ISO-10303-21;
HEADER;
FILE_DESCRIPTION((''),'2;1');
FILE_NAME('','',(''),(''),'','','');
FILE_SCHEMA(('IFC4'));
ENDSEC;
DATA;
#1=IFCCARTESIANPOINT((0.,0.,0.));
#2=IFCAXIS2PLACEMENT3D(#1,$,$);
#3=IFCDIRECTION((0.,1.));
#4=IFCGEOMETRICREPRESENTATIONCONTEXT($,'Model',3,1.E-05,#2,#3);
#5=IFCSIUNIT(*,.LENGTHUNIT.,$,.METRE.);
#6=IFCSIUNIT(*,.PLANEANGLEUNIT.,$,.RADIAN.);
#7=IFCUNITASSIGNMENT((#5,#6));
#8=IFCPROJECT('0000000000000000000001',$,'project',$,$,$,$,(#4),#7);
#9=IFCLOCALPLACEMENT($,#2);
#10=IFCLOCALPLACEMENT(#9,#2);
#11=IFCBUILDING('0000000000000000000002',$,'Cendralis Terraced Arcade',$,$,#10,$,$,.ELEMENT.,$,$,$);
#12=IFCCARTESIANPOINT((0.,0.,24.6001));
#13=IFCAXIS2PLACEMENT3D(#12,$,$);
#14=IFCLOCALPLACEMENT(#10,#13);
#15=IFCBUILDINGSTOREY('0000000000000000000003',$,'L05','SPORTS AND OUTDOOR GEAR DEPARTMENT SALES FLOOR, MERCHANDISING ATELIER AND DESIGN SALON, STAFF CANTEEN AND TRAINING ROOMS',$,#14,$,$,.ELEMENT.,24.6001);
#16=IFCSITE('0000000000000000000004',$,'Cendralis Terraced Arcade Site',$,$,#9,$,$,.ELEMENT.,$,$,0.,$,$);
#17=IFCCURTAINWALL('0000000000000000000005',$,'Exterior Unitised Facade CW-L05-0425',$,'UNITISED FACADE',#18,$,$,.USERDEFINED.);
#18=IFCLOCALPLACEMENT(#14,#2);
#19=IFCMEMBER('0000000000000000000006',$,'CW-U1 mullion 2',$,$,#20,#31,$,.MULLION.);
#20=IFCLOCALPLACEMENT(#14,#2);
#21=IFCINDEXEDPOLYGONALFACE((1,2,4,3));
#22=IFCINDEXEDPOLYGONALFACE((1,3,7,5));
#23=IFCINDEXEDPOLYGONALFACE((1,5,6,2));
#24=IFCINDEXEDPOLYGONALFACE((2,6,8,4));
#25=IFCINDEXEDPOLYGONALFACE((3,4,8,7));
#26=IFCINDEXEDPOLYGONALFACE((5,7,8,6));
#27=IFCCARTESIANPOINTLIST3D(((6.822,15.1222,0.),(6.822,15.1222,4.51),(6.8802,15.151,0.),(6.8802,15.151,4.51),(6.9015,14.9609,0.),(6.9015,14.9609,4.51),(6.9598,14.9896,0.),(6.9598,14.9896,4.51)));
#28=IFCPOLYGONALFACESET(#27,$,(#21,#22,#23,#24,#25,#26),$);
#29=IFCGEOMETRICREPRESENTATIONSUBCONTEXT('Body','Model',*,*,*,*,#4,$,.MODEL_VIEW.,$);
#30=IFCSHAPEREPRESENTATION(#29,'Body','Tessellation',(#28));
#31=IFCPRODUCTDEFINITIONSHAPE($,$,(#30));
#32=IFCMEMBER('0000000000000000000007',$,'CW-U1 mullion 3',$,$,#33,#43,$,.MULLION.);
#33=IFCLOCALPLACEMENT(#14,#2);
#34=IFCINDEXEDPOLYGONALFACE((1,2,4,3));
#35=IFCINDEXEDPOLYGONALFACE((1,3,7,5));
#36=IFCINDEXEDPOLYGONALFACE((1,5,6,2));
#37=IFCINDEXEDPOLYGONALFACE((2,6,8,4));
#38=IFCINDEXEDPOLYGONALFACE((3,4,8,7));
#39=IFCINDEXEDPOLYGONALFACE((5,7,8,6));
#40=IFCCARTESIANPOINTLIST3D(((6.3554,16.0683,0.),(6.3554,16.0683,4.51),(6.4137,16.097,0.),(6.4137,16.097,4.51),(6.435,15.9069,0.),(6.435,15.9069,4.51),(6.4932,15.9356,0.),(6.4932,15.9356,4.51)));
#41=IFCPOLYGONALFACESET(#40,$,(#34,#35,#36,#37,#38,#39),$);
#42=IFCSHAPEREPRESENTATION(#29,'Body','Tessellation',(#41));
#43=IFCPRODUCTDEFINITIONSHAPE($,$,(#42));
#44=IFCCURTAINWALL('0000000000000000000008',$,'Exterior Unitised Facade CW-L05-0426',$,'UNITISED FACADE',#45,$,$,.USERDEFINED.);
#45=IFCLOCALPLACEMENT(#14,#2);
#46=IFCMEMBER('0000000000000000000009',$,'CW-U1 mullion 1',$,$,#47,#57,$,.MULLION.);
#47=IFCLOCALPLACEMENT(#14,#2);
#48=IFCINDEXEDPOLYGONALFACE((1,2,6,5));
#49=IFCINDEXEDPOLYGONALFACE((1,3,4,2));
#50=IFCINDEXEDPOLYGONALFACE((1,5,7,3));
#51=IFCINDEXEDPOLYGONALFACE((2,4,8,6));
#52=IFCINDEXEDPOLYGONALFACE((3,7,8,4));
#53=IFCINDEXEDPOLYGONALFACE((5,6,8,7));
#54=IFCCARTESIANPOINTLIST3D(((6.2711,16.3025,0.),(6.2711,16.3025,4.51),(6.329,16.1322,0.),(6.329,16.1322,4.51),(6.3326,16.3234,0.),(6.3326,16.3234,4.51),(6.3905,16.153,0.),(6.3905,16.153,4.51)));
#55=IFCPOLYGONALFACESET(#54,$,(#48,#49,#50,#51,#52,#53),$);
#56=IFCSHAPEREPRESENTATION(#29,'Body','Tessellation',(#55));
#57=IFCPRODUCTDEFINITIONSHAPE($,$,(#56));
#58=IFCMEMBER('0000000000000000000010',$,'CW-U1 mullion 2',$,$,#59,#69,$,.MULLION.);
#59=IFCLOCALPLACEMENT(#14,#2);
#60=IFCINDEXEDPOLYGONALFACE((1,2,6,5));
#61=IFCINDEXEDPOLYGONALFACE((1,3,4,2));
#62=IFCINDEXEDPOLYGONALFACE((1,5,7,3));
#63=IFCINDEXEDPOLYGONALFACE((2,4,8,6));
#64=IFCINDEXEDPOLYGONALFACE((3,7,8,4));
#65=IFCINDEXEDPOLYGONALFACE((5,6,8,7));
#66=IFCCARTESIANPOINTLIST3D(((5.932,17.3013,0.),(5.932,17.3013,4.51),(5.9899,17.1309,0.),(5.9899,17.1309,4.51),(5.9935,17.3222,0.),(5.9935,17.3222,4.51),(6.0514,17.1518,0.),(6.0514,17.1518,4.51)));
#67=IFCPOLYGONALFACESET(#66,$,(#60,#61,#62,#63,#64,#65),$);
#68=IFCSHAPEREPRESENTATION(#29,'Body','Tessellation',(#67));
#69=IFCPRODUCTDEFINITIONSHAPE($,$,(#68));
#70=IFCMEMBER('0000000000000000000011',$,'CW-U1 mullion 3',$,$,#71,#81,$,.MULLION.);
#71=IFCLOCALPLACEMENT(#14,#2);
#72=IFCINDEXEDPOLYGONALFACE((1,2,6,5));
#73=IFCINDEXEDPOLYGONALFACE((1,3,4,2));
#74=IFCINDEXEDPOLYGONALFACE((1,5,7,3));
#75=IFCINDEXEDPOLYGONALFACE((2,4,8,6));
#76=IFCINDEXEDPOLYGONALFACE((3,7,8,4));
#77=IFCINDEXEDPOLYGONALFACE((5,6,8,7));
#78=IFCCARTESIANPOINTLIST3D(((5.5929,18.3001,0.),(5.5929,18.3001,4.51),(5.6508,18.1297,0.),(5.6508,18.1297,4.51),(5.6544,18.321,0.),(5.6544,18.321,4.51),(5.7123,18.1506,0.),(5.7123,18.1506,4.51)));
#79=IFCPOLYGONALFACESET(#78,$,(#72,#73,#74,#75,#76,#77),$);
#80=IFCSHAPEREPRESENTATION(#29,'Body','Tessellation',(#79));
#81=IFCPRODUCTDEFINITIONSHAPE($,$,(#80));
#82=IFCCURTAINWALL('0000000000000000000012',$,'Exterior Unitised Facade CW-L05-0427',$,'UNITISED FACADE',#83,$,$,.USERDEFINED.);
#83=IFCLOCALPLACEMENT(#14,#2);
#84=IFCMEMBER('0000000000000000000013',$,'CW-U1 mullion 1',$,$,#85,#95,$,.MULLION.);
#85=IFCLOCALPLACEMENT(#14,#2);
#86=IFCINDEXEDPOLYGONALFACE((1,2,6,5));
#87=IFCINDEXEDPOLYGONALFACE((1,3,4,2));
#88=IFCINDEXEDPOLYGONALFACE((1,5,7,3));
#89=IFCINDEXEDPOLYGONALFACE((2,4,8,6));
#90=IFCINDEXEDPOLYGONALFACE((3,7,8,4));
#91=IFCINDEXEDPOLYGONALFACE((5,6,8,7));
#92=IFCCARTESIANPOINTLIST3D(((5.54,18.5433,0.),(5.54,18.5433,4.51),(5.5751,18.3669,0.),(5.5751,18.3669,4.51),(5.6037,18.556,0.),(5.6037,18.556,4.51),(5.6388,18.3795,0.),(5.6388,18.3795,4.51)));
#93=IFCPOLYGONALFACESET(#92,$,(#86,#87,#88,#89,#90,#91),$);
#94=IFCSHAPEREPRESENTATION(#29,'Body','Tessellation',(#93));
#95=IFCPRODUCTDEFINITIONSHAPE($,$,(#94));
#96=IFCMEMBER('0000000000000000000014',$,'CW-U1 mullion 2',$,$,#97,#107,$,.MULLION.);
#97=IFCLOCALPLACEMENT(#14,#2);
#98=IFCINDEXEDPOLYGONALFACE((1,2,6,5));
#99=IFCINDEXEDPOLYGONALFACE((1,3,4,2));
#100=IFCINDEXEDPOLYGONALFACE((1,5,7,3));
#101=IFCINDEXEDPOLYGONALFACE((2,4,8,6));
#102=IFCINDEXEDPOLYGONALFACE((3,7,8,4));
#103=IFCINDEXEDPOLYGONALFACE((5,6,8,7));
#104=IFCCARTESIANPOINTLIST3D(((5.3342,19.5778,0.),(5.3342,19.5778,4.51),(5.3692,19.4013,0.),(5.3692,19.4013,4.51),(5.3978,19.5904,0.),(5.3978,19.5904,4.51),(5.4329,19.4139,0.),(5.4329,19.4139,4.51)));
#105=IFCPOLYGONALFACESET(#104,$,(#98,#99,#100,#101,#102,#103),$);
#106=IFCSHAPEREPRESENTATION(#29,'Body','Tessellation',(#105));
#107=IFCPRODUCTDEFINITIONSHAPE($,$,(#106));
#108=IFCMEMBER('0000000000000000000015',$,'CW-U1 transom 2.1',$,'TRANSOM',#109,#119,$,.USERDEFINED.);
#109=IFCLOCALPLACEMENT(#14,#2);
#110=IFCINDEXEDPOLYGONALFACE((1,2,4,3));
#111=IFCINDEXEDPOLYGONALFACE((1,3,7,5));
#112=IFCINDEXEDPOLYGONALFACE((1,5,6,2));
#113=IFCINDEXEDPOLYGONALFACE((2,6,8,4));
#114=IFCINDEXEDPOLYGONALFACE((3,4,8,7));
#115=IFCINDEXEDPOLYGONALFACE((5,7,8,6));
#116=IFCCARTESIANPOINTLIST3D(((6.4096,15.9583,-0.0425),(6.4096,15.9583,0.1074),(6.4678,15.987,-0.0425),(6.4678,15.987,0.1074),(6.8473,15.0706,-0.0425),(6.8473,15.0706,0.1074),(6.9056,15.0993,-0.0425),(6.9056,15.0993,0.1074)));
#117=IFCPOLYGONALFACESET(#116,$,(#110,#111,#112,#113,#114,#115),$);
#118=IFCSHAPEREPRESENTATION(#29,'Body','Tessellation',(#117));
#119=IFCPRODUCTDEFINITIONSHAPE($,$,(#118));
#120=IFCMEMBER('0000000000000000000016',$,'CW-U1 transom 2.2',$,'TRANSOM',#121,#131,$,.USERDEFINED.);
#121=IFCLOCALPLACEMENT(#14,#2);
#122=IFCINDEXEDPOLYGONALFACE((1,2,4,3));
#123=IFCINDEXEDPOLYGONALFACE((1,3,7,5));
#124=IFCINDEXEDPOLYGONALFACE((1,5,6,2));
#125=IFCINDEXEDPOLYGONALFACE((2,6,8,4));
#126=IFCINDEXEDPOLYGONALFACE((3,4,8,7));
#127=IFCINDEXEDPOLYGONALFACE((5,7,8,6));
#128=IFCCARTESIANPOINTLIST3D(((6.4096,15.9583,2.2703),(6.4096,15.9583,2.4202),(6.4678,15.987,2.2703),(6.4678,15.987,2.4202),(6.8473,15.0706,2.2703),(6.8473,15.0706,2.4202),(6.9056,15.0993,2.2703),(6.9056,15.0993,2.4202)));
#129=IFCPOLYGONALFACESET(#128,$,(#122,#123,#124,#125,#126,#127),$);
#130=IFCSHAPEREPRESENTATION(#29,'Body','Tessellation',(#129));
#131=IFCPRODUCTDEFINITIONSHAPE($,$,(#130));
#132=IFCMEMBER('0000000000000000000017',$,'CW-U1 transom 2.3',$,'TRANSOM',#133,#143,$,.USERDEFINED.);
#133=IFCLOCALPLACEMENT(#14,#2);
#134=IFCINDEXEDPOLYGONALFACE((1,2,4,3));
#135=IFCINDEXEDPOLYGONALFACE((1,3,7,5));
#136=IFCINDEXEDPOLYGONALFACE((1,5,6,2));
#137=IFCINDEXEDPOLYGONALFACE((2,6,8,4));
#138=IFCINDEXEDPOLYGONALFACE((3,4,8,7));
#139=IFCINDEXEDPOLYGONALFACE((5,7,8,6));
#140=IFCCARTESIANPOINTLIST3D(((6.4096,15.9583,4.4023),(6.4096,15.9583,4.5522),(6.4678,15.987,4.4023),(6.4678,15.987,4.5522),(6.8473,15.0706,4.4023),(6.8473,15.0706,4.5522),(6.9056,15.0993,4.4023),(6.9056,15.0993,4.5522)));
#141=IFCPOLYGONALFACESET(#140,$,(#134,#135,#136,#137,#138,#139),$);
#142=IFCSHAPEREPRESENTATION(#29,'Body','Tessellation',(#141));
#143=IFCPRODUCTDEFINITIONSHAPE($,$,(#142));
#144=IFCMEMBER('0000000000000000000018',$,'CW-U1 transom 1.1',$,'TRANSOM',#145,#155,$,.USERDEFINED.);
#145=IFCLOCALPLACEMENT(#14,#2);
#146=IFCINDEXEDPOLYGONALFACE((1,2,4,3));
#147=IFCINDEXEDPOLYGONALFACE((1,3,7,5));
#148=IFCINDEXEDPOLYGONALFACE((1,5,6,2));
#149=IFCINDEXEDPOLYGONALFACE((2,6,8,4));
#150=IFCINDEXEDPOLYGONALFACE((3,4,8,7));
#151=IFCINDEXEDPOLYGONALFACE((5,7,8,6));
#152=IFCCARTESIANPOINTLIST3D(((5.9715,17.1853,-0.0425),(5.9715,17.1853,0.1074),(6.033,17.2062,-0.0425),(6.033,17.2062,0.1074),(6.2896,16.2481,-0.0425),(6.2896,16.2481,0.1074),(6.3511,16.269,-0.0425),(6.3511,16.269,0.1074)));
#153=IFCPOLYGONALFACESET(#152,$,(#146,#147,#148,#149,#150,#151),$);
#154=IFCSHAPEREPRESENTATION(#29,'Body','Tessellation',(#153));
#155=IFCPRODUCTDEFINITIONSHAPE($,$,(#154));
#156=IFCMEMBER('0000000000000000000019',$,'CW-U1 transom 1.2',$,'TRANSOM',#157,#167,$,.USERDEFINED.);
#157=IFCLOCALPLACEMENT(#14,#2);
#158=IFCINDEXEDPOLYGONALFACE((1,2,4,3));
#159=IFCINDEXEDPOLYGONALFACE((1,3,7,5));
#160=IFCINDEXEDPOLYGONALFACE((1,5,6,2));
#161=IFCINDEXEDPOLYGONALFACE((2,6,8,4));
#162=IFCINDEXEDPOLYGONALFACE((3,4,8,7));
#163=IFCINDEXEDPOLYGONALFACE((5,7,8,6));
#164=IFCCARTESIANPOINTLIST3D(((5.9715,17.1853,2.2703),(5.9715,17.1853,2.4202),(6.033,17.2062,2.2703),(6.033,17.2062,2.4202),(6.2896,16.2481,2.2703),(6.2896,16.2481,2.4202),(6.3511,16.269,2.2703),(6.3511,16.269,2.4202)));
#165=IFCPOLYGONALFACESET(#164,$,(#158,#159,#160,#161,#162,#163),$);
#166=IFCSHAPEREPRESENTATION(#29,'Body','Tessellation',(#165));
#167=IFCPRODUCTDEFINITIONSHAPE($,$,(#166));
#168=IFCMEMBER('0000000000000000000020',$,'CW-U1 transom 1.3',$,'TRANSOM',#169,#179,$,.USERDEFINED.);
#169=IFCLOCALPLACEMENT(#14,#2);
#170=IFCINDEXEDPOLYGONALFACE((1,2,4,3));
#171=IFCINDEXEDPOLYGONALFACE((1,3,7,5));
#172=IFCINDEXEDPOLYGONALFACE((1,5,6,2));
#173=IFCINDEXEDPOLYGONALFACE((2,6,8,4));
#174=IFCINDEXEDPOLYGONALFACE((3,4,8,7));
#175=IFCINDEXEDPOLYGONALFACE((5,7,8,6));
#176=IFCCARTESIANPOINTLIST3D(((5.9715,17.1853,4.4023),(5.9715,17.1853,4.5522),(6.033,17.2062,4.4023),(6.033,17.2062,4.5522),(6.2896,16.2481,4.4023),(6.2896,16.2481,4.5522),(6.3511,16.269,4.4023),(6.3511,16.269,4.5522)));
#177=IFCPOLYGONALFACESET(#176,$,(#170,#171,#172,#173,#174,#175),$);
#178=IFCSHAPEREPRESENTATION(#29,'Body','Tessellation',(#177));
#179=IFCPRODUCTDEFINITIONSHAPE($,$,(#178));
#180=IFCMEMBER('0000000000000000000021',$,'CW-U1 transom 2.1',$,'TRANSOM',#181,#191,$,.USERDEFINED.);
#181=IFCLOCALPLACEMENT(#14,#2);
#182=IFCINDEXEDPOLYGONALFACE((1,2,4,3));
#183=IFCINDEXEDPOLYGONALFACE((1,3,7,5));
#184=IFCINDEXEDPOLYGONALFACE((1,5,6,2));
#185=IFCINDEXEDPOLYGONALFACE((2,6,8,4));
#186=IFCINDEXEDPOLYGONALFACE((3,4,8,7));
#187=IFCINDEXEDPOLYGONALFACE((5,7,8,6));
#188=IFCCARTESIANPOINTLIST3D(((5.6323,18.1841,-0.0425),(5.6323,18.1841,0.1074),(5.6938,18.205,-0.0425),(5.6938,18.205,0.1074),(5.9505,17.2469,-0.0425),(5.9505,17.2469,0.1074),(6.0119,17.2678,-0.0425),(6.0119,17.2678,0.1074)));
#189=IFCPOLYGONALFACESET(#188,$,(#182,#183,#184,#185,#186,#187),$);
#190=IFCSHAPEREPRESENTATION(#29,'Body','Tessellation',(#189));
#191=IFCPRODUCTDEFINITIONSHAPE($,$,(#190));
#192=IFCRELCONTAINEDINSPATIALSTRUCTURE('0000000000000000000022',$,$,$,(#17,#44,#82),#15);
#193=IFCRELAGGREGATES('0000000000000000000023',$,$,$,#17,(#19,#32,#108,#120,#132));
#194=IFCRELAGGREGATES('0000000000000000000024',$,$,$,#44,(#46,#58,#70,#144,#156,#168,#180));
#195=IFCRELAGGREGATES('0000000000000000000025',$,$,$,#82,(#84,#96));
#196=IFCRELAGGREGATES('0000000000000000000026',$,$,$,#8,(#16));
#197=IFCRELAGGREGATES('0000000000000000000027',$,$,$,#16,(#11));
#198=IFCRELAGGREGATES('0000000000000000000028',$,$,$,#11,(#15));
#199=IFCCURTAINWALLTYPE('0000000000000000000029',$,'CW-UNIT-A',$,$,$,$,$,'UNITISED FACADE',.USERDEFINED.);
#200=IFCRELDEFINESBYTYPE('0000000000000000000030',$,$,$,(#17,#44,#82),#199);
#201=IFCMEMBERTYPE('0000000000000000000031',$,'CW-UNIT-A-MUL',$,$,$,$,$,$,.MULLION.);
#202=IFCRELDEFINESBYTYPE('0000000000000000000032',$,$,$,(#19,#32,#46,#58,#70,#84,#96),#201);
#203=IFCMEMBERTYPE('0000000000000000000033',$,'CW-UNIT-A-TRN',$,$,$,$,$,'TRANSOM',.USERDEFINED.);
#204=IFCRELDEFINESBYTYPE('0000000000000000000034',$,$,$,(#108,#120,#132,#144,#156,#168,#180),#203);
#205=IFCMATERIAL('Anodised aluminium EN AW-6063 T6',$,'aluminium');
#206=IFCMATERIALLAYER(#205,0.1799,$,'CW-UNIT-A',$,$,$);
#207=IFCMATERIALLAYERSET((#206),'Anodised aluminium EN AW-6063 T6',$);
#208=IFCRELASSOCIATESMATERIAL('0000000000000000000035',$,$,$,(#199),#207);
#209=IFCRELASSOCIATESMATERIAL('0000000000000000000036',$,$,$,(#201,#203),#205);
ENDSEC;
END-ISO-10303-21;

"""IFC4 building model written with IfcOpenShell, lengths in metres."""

from ifc_helpers import new_model, si_unit, direction, frame, origin, origin_2d, place, context, subcontext, project, spatial, rectangle, extrude, material, layer, layer_set, material_profile, profile_set, type_object, element, aggregate, save


model = new_model("IFC4")

# Units and contexts
model_context = context("Model", 3, precision=1e-05, world=origin(), true_north=direction((0.0, 1.0)))
body_context = subcontext(model_context, "Body", "Model", "MODEL_VIEW")
ifc_project = project(units=[si_unit("LENGTHUNIT", "METRE"), si_unit("PLANEANGLEUNIT", "RADIAN")], contexts=[model_context])

# Site, building, storey
site_placement = place(None, origin())
site = spatial("IfcSite", under=ifc_project, at=site_placement, Name="Cendralis Terraced Arcade Site", CompositionType="ELEMENT", RefElevation=0.0)
building_placement = place(site_placement, origin())
building = spatial("IfcBuilding", under=site, at=building_placement, Name="Cendralis Terraced Arcade", CompositionType="ELEMENT")
storey_placement = place(building_placement, frame((0.0, 0.0, 24.6001)))
storey = spatial("IfcBuildingStorey", under=building, at=storey_placement, Name="L05", Description="SPORTS AND OUTDOOR GEAR DEPARTMENT SALES FLOOR, MERCHANDISING ATELIER AND DESIGN SALON, STAFF CANTEEN AND TRAINING ROOMS", CompositionType="ELEMENT", Elevation=24.6001)

# Curtain walls, members
ifc_material_1 = material(Name="Anodised aluminium EN AW-6063 T6", Category="aluminium")
ifc_layer_1 = layer(ifc_material_1, 0.1799, Name="CW-UNIT-A")
ifc_layer_set_1 = layer_set([ifc_layer_1], Name="Anodised aluminium EN AW-6063 T6")
curtain_wall_type = type_object("IfcCurtainWallType", Name="CW-UNIT-A", ElementType="UNITISED FACADE", PredefinedType="USERDEFINED", material=ifc_layer_set_1)
curtain_wall_1_placement = place(storey_placement, origin())
curtain_wall_1 = element("IfcCurtainWall", 1, at=curtain_wall_1_placement, inside=storey, type_object=curtain_wall_type, Name="Exterior Unitised Facade CW-L05-0425", ObjectType="UNITISED FACADE", PredefinedType="USERDEFINED")
ifc_material_profile_1 = material_profile(ifc_material_1, rectangle(XDim=0.0649, YDim=0.1799, at=origin_2d()), Name="ALU-MUL-65x180")
ifc_profile_set_1 = profile_set([ifc_material_profile_1], Name="Anodised aluminium EN AW-6063 T6")
member_type_1 = type_object("IfcMemberType", Name="CW-UNIT-A-MUL", PredefinedType="MULLION", material=ifc_profile_set_1)
member_1_placement = place(storey_placement, frame((6.8909, 15.0559, 0.0), z_axis=(0.0, 0.0, 1.0), x_axis=(-0.896888, -0.442259, 0.0)))
member_1 = element("IfcMember", 2, at=member_1_placement, type_object=member_type_1, Name="CW-U1 mullion 2", PredefinedType="MULLION", context=body_context, shape_type="SweptSolid", body=[
    extrude(rectangle(XDim=0.0649, YDim=0.1799, at=origin_2d()), origin(), (0.0, 0.0, 1.0), 4.51),
])
member_2_placement = place(storey_placement, frame((6.4243, 16.002, 0.0), z_axis=(0.0, 0.0, 1.0), x_axis=(-0.896888, -0.442259, 0.0)))
member_2 = element("IfcMember", 3, at=member_2_placement, type_object=member_type_1, Name="CW-U1 mullion 3", PredefinedType="MULLION", context=body_context, shape_type="SweptSolid", body=[
    extrude(rectangle(XDim=0.0649, YDim=0.1799, at=origin_2d()), origin(), (0.0, 0.0, 1.0), 4.51),
])
curtain_wall_2_placement = place(storey_placement, origin())
curtain_wall_2 = element("IfcCurtainWall", 4, at=curtain_wall_2_placement, inside=storey, type_object=curtain_wall_type, Name="Exterior Unitised Facade CW-L05-0426", ObjectType="UNITISED FACADE", PredefinedType="USERDEFINED")
member_3_placement = place(storey_placement, frame((6.3308, 16.2278, 0.0), z_axis=(0.0, 0.0, 1.0), x_axis=(-0.946917, -0.321479, 0.0)))
member_3 = element("IfcMember", 5, at=member_3_placement, type_object=member_type_1, Name="CW-U1 mullion 1", PredefinedType="MULLION", context=body_context, shape_type="SweptSolid", body=[
    extrude(rectangle(XDim=0.0649, YDim=0.1799, at=origin_2d()), origin(), (0.0, 0.0, 1.0), 4.51),
])
member_4_placement = place(storey_placement, frame((5.9917, 17.2266, 0.0), z_axis=(0.0, 0.0, 1.0), x_axis=(-0.946917, -0.321479, 0.0)))
member_4 = element("IfcMember", 6, at=member_4_placement, type_object=member_type_1, Name="CW-U1 mullion 2", PredefinedType="MULLION", context=body_context, shape_type="SweptSolid", body=[
    extrude(rectangle(XDim=0.0649, YDim=0.1799, at=origin_2d()), origin(), (0.0, 0.0, 1.0), 4.51),
])
member_5_placement = place(storey_placement, frame((5.6526, 18.2253, 0.0), z_axis=(0.0, 0.0, 1.0), x_axis=(-0.946917, -0.321479, 0.0)))
member_5 = element("IfcMember", 7, at=member_5_placement, type_object=member_type_1, Name="CW-U1 mullion 3", PredefinedType="MULLION", context=body_context, shape_type="SweptSolid", body=[
    extrude(rectangle(XDim=0.0649, YDim=0.1799, at=origin_2d()), origin(), (0.0, 0.0, 1.0), 4.51),
])
curtain_wall_3_placement = place(storey_placement, origin())
curtain_wall_3 = element("IfcCurtainWall", 8, at=curtain_wall_3_placement, inside=storey, type_object=curtain_wall_type, Name="Exterior Unitised Facade CW-L05-0427", ObjectType="UNITISED FACADE", PredefinedType="USERDEFINED")
member_6_placement = place(storey_placement, frame((5.5894, 18.4614, 0.0), z_axis=(0.0, 0.0, 1.0), x_axis=(-0.980794, -0.195046, 0.0)))
member_6 = element("IfcMember", 9, at=member_6_placement, type_object=member_type_1, Name="CW-U1 mullion 1", PredefinedType="MULLION", context=body_context, shape_type="SweptSolid", body=[
    extrude(rectangle(XDim=0.0649, YDim=0.1799, at=origin_2d()), origin(), (0.0, 0.0, 1.0), 4.51),
])
member_7_placement = place(storey_placement, frame((5.3835, 19.4958, 0.0), z_axis=(0.0, 0.0, 1.0), x_axis=(-0.980794, -0.195046, 0.0)))
member_7 = element("IfcMember", 10, at=member_7_placement, type_object=member_type_1, Name="CW-U1 mullion 2", PredefinedType="MULLION", context=body_context, shape_type="SweptSolid", body=[
    extrude(rectangle(XDim=0.0649, YDim=0.1799, at=origin_2d()), origin(), (0.0, 0.0, 1.0), 4.51),
])

# Members
ifc_material_profile_2 = material_profile(ifc_material_1, rectangle(XDim=0.0649, YDim=0.1499, at=origin_2d()), Name="ALU-TRN-65x150")
ifc_profile_set_2 = profile_set([ifc_material_profile_2], Name="Anodised aluminium EN AW-6063 T6")
member_type_2 = type_object("IfcMemberType", Name="CW-UNIT-A-TRN", ElementType="TRANSOM", PredefinedType="USERDEFINED", material=ifc_profile_set_2)
member_8_placement = place(storey_placement, frame((6.8765, 15.085, 0.0325), z_axis=(-0.442273, 0.89688, 0.0), x_axis=(-0.89688, -0.442273, 0.0)))
member_8 = element("IfcMember", 11, at=member_8_placement, type_object=member_type_2, Name="CW-U1 transom 2.1", ObjectType="TRANSOM", PredefinedType="USERDEFINED", context=body_context, shape_type="SweptSolid", body=[
    extrude(rectangle(XDim=0.0649, YDim=0.1499, at=origin_2d()), origin(), (0.0, 0.0, 1.0), 0.9897),
])
member_9_placement = place(storey_placement, frame((6.8765, 15.085, 2.3452), z_axis=(-0.442273, 0.89688, 0.0), x_axis=(-0.89688, -0.442273, 0.0)))
member_9 = element("IfcMember", 12, at=member_9_placement, type_object=member_type_2, Name="CW-U1 transom 2.2", ObjectType="TRANSOM", PredefinedType="USERDEFINED", context=body_context, shape_type="SweptSolid", body=[
    extrude(rectangle(XDim=0.0649, YDim=0.1499, at=origin_2d()), origin(), (0.0, 0.0, 1.0), 0.9897),
])
member_10_placement = place(storey_placement, frame((6.8765, 15.085, 4.4773), z_axis=(-0.442273, 0.89688, 0.0), x_axis=(-0.89688, -0.442273, 0.0)))
member_10 = element("IfcMember", 13, at=member_10_placement, type_object=member_type_2, Name="CW-U1 transom 2.3", ObjectType="TRANSOM", PredefinedType="USERDEFINED", context=body_context, shape_type="SweptSolid", body=[
    extrude(rectangle(XDim=0.0649, YDim=0.1499, at=origin_2d()), origin(), (0.0, 0.0, 1.0), 0.9897),
])
member_11_placement = place(storey_placement, frame((6.3203, 16.2585, 0.0325), z_axis=(-0.321403, 0.946943, 0.0), x_axis=(-0.946943, -0.321403, 0.0)))
member_11 = element("IfcMember", 14, at=member_11_placement, type_object=member_type_2, Name="CW-U1 transom 1.1", ObjectType="TRANSOM", PredefinedType="USERDEFINED", context=body_context, shape_type="SweptSolid", body=[
    extrude(rectangle(XDim=0.0649, YDim=0.1499, at=origin_2d()), origin(), (0.0, 0.0, 1.0), 0.9897),
])
member_12_placement = place(storey_placement, frame((6.3203, 16.2585, 2.3452), z_axis=(-0.321403, 0.946943, 0.0), x_axis=(-0.946943, -0.321403, 0.0)))
member_12 = element("IfcMember", 15, at=member_12_placement, type_object=member_type_2, Name="CW-U1 transom 1.2", ObjectType="TRANSOM", PredefinedType="USERDEFINED", context=body_context, shape_type="SweptSolid", body=[
    extrude(rectangle(XDim=0.0649, YDim=0.1499, at=origin_2d()), origin(), (0.0, 0.0, 1.0), 0.9897),
])
member_13_placement = place(storey_placement, frame((6.3203, 16.2585, 4.4773), z_axis=(-0.321403, 0.946943, 0.0), x_axis=(-0.946943, -0.321403, 0.0)))
member_13 = element("IfcMember", 16, at=member_13_placement, type_object=member_type_2, Name="CW-U1 transom 1.3", ObjectType="TRANSOM", PredefinedType="USERDEFINED", context=body_context, shape_type="SweptSolid", body=[
    extrude(rectangle(XDim=0.0649, YDim=0.1499, at=origin_2d()), origin(), (0.0, 0.0, 1.0), 0.9897),
])
member_14_placement = place(storey_placement, frame((5.9812, 17.2573, 0.0325), z_axis=(-0.321403, 0.946943, 0.0), x_axis=(-0.946943, -0.321403, 0.0)))
member_14 = element("IfcMember", 17, at=member_14_placement, type_object=member_type_2, Name="CW-U1 transom 2.1", ObjectType="TRANSOM", PredefinedType="USERDEFINED", context=body_context, shape_type="SweptSolid", body=[
    extrude(rectangle(XDim=0.0649, YDim=0.1499, at=origin_2d()), origin(), (0.0, 0.0, 1.0), 0.9897),
])

aggregate(curtain_wall_1, [member_1, member_2, member_8, member_9, member_10])
aggregate(curtain_wall_2, [member_3, member_4, member_5, member_11, member_12, member_13, member_14])
aggregate(curtain_wall_3, [member_6, member_7])

save(model, "model.ifc")
